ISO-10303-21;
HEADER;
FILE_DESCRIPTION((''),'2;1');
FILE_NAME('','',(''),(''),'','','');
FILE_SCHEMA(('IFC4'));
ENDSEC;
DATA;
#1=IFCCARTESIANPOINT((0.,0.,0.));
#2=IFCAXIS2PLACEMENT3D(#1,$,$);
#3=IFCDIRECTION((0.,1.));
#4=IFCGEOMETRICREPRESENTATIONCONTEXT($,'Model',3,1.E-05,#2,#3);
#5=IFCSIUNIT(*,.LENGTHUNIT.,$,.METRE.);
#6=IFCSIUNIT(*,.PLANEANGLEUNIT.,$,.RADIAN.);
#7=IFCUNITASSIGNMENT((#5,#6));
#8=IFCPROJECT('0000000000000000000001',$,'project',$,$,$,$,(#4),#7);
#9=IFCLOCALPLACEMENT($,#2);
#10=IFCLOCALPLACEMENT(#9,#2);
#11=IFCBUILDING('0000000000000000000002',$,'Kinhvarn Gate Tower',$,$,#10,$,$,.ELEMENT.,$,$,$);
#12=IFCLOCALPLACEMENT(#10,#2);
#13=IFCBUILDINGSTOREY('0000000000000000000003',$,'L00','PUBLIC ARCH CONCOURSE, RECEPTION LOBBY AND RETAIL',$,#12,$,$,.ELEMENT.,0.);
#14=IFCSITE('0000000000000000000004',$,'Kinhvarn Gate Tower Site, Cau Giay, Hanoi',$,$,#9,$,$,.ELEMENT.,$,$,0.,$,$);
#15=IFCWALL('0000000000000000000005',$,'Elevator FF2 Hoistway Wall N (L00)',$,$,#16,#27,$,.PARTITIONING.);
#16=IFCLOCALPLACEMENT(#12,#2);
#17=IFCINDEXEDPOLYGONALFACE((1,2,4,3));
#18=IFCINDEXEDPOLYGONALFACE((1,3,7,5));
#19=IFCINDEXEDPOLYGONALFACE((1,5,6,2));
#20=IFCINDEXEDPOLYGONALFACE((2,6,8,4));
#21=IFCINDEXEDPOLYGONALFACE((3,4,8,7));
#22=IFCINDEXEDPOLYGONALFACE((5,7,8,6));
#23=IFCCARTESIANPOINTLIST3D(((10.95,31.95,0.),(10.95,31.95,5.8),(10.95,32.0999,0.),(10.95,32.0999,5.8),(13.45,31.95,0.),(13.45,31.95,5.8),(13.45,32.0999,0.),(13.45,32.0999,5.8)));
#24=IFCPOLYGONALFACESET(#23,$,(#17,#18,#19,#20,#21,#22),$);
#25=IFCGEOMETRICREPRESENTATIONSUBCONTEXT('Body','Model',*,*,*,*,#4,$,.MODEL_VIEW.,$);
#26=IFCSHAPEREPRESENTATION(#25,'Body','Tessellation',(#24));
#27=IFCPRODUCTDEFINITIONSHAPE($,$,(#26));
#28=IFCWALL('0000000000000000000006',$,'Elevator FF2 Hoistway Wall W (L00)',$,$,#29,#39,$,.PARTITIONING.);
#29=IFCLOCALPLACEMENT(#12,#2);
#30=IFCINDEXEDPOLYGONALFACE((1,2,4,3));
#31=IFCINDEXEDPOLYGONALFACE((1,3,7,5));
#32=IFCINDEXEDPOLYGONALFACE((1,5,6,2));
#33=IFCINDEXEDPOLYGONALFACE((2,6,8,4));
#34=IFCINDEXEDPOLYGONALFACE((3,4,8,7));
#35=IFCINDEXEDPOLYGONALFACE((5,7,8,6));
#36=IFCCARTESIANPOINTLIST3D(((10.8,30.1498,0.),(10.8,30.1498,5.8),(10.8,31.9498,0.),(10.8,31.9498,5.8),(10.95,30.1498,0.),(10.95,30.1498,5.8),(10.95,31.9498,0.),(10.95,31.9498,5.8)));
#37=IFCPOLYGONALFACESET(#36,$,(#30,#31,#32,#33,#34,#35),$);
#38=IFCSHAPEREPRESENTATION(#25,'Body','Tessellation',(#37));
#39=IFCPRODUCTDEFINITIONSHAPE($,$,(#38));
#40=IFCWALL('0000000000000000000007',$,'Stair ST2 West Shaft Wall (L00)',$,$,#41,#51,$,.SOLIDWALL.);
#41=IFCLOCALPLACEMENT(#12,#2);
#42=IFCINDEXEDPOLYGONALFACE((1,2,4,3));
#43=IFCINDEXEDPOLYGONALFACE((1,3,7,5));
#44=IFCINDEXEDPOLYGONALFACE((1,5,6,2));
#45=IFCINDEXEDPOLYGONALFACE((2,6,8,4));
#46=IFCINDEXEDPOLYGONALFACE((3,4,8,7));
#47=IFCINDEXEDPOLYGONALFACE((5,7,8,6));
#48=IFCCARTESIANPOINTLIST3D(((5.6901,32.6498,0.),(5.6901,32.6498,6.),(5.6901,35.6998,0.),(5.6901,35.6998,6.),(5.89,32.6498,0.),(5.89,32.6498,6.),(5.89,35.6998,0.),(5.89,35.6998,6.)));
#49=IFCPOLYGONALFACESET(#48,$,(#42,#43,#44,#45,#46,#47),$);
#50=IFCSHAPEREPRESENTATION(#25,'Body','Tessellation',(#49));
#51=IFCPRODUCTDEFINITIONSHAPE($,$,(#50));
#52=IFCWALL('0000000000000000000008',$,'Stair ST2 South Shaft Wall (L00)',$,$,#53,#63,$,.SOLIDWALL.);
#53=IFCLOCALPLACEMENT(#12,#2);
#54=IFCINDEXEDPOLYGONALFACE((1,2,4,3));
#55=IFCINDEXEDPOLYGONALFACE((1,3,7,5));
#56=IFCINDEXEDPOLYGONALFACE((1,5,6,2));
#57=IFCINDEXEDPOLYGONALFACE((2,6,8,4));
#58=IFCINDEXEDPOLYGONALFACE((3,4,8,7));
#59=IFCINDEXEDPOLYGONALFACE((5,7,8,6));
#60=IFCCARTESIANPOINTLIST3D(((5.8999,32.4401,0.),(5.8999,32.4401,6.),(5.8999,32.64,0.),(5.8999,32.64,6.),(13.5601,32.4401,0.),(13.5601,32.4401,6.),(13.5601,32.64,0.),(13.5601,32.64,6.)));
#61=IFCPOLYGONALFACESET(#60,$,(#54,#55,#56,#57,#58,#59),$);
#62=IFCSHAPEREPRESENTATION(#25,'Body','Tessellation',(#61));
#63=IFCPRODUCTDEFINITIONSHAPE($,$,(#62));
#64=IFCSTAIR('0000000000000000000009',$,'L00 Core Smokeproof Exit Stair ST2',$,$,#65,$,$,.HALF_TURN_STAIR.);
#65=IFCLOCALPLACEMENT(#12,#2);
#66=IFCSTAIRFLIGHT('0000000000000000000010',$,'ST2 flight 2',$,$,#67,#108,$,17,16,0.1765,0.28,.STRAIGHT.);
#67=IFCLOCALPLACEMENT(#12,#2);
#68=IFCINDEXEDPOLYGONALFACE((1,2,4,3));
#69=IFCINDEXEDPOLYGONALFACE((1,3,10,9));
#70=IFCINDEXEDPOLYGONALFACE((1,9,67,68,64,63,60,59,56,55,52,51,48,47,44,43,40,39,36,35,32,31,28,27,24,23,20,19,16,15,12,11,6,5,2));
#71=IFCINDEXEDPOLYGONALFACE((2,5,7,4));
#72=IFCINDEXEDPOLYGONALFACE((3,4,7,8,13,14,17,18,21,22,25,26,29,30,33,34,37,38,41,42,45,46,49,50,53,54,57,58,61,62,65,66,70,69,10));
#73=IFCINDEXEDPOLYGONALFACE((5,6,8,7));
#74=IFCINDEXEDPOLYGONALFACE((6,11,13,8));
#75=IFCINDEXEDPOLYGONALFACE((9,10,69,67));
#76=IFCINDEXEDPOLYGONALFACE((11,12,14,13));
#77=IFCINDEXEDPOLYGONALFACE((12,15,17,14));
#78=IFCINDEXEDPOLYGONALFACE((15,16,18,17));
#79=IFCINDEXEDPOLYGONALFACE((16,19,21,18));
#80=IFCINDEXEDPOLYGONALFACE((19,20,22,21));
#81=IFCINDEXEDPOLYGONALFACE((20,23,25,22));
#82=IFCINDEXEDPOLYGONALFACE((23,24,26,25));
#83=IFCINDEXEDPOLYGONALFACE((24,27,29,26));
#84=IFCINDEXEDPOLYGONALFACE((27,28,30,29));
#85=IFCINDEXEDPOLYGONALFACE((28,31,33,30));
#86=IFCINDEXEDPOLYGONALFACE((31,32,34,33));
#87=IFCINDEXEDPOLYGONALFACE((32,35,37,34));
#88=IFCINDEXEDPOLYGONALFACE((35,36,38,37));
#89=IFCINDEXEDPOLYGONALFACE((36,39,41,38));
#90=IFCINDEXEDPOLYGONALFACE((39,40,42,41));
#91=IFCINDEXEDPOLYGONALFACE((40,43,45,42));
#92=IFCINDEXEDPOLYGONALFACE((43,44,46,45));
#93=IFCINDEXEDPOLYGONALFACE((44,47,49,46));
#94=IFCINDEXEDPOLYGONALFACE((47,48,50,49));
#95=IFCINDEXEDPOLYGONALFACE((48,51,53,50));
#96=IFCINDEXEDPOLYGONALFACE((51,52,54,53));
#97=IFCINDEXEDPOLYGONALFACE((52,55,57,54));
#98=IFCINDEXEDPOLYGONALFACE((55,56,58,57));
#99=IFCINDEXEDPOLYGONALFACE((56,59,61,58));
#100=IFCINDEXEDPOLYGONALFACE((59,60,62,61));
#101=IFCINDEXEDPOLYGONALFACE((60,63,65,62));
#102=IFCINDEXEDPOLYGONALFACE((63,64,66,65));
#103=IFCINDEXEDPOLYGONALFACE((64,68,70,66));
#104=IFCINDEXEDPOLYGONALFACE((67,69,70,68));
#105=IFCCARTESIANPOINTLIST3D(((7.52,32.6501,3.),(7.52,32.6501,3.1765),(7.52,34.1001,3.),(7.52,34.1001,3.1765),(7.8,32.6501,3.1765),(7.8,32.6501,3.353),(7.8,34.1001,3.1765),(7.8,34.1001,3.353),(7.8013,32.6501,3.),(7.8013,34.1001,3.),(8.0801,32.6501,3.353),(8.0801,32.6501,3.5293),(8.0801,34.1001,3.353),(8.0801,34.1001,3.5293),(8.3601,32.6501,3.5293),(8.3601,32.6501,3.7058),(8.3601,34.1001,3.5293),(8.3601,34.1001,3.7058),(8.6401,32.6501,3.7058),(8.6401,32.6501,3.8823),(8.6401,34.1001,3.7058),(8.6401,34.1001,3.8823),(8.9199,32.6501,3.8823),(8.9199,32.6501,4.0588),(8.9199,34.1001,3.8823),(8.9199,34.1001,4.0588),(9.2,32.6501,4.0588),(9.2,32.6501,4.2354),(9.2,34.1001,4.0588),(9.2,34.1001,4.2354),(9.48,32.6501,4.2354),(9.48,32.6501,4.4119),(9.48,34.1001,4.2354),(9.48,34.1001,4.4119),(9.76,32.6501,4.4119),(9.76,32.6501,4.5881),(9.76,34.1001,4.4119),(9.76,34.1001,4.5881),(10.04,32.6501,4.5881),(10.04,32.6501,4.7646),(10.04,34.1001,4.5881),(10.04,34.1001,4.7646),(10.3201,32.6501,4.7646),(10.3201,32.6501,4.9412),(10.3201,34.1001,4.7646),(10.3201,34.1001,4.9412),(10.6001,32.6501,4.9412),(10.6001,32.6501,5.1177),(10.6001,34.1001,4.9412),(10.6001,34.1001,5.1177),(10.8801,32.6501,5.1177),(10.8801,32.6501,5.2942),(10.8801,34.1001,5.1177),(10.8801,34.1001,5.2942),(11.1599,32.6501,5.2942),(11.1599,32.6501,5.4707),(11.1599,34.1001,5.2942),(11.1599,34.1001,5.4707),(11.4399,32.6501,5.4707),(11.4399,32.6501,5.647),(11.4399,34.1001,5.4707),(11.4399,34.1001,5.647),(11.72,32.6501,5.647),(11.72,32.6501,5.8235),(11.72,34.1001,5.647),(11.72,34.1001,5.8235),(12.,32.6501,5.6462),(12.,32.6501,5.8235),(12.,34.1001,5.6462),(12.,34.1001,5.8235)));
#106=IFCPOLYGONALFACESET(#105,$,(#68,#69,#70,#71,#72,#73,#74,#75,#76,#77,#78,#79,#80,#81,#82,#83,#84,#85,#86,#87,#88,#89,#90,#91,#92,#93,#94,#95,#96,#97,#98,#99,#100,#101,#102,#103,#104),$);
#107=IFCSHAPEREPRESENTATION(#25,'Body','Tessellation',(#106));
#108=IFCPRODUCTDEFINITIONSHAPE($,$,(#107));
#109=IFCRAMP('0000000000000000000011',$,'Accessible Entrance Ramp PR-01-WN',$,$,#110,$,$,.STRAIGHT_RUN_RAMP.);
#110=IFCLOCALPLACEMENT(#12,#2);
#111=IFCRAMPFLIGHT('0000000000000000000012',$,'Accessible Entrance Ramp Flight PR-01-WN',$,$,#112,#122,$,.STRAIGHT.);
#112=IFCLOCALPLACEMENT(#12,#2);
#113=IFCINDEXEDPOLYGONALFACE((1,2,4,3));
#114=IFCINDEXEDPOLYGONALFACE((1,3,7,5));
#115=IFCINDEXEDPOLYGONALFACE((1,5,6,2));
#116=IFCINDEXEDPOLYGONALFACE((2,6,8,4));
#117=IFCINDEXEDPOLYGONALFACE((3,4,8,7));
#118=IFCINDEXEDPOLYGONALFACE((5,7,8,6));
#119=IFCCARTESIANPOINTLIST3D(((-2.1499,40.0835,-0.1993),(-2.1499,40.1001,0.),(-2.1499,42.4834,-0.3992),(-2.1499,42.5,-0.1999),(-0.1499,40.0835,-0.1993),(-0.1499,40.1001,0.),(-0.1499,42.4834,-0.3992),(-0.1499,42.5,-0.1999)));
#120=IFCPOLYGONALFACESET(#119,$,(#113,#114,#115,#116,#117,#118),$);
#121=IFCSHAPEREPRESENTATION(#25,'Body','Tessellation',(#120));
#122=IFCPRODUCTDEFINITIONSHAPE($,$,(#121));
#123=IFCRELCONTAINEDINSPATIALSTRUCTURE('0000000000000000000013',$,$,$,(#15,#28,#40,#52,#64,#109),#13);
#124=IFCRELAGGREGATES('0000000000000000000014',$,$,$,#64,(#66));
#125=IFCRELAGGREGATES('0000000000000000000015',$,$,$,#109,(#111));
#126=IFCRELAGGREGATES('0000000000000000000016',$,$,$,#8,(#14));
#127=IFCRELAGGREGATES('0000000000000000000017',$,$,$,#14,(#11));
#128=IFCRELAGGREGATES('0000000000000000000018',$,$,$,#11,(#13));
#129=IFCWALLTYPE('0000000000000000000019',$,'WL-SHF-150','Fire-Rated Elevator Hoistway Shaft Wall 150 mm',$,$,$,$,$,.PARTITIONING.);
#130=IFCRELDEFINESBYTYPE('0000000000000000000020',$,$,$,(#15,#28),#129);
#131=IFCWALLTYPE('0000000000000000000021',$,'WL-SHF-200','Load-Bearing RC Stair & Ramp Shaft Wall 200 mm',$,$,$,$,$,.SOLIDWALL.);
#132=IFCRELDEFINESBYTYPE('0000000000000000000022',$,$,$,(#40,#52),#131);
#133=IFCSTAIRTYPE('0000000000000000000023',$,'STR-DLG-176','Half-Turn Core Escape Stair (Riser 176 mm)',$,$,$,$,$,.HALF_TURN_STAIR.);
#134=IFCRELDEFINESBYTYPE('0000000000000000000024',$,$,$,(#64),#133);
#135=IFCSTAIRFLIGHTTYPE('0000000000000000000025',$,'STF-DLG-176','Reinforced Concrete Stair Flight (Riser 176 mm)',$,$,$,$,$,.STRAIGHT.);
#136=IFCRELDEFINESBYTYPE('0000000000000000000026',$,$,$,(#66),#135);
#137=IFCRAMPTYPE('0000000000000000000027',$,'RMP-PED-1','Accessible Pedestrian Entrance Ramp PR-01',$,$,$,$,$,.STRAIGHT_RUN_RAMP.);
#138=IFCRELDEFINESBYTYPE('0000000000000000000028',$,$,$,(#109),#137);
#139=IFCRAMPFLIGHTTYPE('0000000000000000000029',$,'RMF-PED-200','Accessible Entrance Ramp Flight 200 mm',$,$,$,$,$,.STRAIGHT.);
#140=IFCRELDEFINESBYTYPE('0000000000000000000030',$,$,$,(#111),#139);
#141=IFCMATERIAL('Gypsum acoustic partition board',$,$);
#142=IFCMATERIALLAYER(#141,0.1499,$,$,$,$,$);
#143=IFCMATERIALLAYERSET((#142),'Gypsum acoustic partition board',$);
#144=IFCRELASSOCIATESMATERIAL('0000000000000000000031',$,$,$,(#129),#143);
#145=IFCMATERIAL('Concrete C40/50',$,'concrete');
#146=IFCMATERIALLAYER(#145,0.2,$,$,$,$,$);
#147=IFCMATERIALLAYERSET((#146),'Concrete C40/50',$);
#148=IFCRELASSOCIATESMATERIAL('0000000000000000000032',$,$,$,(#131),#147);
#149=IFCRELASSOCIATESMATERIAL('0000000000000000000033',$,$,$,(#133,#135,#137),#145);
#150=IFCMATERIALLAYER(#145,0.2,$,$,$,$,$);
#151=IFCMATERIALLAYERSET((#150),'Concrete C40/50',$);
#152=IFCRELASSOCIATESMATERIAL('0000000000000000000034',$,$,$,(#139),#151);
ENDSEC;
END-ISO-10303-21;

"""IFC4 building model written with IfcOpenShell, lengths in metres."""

from ifc_helpers import new_model, si_unit, direction, frame, frame_2d, origin, place, context, subcontext, project, spatial, polyline, rectangle, outline, extrude, material, layer, layer_set, type_object, element, aggregate, save


model = new_model("IFC4")

# Units and contexts
model_context = context("Model", 3, precision=1e-05, world=origin(), true_north=direction((0.0, 1.0)))
body_context = subcontext(model_context, "Body", "Model", "MODEL_VIEW")
ifc_project = project(units=[si_unit("LENGTHUNIT", "METRE"), si_unit("PLANEANGLEUNIT", "RADIAN")], contexts=[model_context])

# Site, building, storey
site_placement = place(None, origin())
site = spatial("IfcSite", under=ifc_project, at=site_placement, Name="Kinhvarn Gate Tower Site, Cau Giay, Hanoi", CompositionType="ELEMENT", RefElevation=0.0)
building_placement = place(site_placement, origin())
building = spatial("IfcBuilding", under=site, at=building_placement, Name="Kinhvarn Gate Tower", CompositionType="ELEMENT")
storey_placement = place(building_placement, origin())
storey = spatial("IfcBuildingStorey", under=building, at=storey_placement, Name="L00", Description="PUBLIC ARCH CONCOURSE, RECEPTION LOBBY AND RETAIL", CompositionType="ELEMENT", Elevation=0.0)

# Shared definitions
ifc_material_1 = material(Name="Gypsum acoustic partition board")

# Walls
ifc_layer_1 = layer(ifc_material_1, 0.1499)
ifc_layer_set_1 = layer_set([ifc_layer_1], Name="Gypsum acoustic partition board")
wall_type_1 = type_object("IfcWallType", Name="WL-SHF-150", Description="Fire-Rated Elevator Hoistway Shaft Wall 150 mm", PredefinedType="PARTITIONING", material=ifc_layer_set_1)
wall_1_placement = place(storey_placement, frame((10.95, 32.0249, 0.0), z_axis=(0.0, 0.0, 1.0), x_axis=(1.0, 0.0, 0.0)))
element("IfcWall", 1, at=wall_1_placement, inside=storey, type_object=wall_type_1, Name="Elevator FF2 Hoistway Wall N (L00)", PredefinedType="PARTITIONING", context=body_context, shape_type="SweptSolid", body=[
    extrude(rectangle(XDim=2.5, YDim=0.1499, at=frame_2d((1.25, 0.0))), origin(), (0.0, 0.0, 1.0), 5.8),
])
wall_2_placement = place(storey_placement, frame((10.875, 30.1499, 0.0), z_axis=(0.0, 0.0, 1.0), x_axis=(0.0, 1.0, 0.0)))
element("IfcWall", 2, at=wall_2_placement, inside=storey, type_object=wall_type_1, Name="Elevator FF2 Hoistway Wall W (L00)", PredefinedType="PARTITIONING", context=body_context, shape_type="SweptSolid", body=[
    extrude(rectangle(XDim=1.8, YDim=0.1499, at=frame_2d((0.8999, 0.0))), origin(), (0.0, 0.0, 1.0), 5.8),
])
ifc_material_2 = material(Name="Concrete C40/50", Category="concrete")
ifc_layer_2 = layer(ifc_material_2, 0.2)
ifc_layer_set_2 = layer_set([ifc_layer_2], Name="Concrete C40/50")
wall_type_2 = type_object("IfcWallType", Name="WL-SHF-200", Description="Load-Bearing RC Stair & Ramp Shaft Wall 200 mm", PredefinedType="SOLIDWALL", material=ifc_layer_set_2)
wall_3_placement = place(storey_placement, frame((5.79, 32.6499, 0.0), z_axis=(0.0, 0.0, 1.0), x_axis=(0.0, 1.0, 0.0)))
element("IfcWall", 3, at=wall_3_placement, inside=storey, type_object=wall_type_2, Name="Stair ST2 West Shaft Wall (L00)", PredefinedType="SOLIDWALL", context=body_context, shape_type="SweptSolid", body=[
    extrude(rectangle(XDim=3.05, YDim=0.2, at=frame_2d((1.5249, 0.0))), origin(), (0.0, 0.0, 1.0), 6.0),
])
wall_4_placement = place(storey_placement, frame((5.8999, 32.54, 0.0), z_axis=(0.0, 0.0, 1.0), x_axis=(1.0, 0.0, 0.0)))
element("IfcWall", 4, at=wall_4_placement, inside=storey, type_object=wall_type_2, Name="Stair ST2 South Shaft Wall (L00)", PredefinedType="SOLIDWALL", context=body_context, shape_type="SweptSolid", body=[
    extrude(rectangle(XDim=7.6602, YDim=0.2, at=frame_2d((3.8301, 0.0))), origin(), (0.0, 0.0, 1.0), 6.0),
])

# Stair, stair flight
stair_type = type_object("IfcStairType", Name="STR-DLG-176", Description="Half-Turn Core Escape Stair (Riser 176 mm)", PredefinedType="HALF_TURN_STAIR", material=ifc_material_2)
stair_placement = place(storey_placement, origin())
stair = element("IfcStair", 5, at=stair_placement, inside=storey, type_object=stair_type, Name="L00 Core Smokeproof Exit Stair ST2", PredefinedType="HALF_TURN_STAIR")
stair_flight_type = type_object("IfcStairFlightType", Name="STF-DLG-176", Description="Reinforced Concrete Stair Flight (Riser 176 mm)", PredefinedType="STRAIGHT", material=ifc_material_2)
stair_flight_placement = place(storey_placement, frame((7.52, 33.375, 3.0), z_axis=(0.0, 0.0, 1.0), x_axis=(1.0, 0.0, 0.0)))
stair_flight = element("IfcStairFlight", 6, at=stair_flight_placement, type_object=stair_flight_type, Name="ST2 flight 2", NumberOfRisers=17, NumberOfTreads=16, PredefinedType="STRAIGHT", RiserHeight=0.1765, TreadLength=0.28, context=body_context, shape_type="SweptSolid", body=[
    extrude(outline(polyline([(0.0, 0.0), (0.0, 0.1765), (0.28, 0.1765), (0.28, 0.353), (0.5601, 0.353), (0.5601, 0.5293), (0.8401, 0.5293), (0.8401, 0.7058), (1.1201, 0.7058), (1.1201, 0.8823), (1.3999, 0.8823), (1.3999, 1.0588), (1.6799, 1.0588), (1.6799, 1.2354), (1.96, 1.2354), (1.96, 1.4119), (2.24, 1.4119), (2.24, 1.5881), (2.52, 1.5881), (2.52, 1.7646), (2.8, 1.7646), (2.8, 1.9412), (3.0801, 1.9412), (3.0801, 2.1177), (3.3601, 2.1177), (3.3601, 2.2942), (3.6399, 2.2942), (3.6399, 2.4707), (3.9199, 2.4707), (3.9199, 2.647), (4.2, 2.647), (4.2, 2.8235), (4.48, 2.8235), (4.48, 3.0), (4.48, 2.6462), (0.2812, 0.0), (0.0, 0.0)])), frame((0.0, 0.7251, 0.0), z_axis=(0.0, -1.0, 0.0), x_axis=(1.0, 0.0, 0.0)), (0.0, 0.0, 1.0), 1.45),
])
aggregate(stair, [stair_flight])

# Ramp, ramp flight
ramp_type = type_object("IfcRampType", Name="RMP-PED-1", Description="Accessible Pedestrian Entrance Ramp PR-01", PredefinedType="STRAIGHT_RUN_RAMP", material=ifc_material_2)
ramp_placement = place(storey_placement, origin())
ramp = element("IfcRamp", 7, at=ramp_placement, inside=storey, type_object=ramp_type, Name="Accessible Entrance Ramp PR-01-WN", PredefinedType="STRAIGHT_RUN_RAMP")
ifc_layer_3 = layer(ifc_material_2, 0.2)
ifc_layer_set_3 = layer_set([ifc_layer_3], Name="Concrete C40/50")
ramp_flight_type = type_object("IfcRampFlightType", Name="RMF-PED-200", Description="Accessible Entrance Ramp Flight 200 mm", PredefinedType="STRAIGHT", material=ifc_layer_set_3)
ramp_flight_placement = place(storey_placement, frame((-2.1499, 40.1001, 0.0), z_axis=(0.0, 0.083029, 0.996547), x_axis=(1.0, 0.0, 0.0)))
ramp_flight = element("IfcRampFlight", 8, at=ramp_flight_placement, type_object=ramp_flight_type, Name="Accessible Entrance Ramp Flight PR-01-WN", PredefinedType="STRAIGHT", context=body_context, shape_type="SweptSolid", body=[
    extrude(outline(polyline([(0.0, 0.0), (2.0, 0.0), (2.0, 2.4082), (0.0, 2.4082), (0.0, 0.0)])), origin(), (0.0, 0.0, -1.0), 0.2),
])
aggregate(ramp, [ramp_flight])

save(model, "model.ifc")
